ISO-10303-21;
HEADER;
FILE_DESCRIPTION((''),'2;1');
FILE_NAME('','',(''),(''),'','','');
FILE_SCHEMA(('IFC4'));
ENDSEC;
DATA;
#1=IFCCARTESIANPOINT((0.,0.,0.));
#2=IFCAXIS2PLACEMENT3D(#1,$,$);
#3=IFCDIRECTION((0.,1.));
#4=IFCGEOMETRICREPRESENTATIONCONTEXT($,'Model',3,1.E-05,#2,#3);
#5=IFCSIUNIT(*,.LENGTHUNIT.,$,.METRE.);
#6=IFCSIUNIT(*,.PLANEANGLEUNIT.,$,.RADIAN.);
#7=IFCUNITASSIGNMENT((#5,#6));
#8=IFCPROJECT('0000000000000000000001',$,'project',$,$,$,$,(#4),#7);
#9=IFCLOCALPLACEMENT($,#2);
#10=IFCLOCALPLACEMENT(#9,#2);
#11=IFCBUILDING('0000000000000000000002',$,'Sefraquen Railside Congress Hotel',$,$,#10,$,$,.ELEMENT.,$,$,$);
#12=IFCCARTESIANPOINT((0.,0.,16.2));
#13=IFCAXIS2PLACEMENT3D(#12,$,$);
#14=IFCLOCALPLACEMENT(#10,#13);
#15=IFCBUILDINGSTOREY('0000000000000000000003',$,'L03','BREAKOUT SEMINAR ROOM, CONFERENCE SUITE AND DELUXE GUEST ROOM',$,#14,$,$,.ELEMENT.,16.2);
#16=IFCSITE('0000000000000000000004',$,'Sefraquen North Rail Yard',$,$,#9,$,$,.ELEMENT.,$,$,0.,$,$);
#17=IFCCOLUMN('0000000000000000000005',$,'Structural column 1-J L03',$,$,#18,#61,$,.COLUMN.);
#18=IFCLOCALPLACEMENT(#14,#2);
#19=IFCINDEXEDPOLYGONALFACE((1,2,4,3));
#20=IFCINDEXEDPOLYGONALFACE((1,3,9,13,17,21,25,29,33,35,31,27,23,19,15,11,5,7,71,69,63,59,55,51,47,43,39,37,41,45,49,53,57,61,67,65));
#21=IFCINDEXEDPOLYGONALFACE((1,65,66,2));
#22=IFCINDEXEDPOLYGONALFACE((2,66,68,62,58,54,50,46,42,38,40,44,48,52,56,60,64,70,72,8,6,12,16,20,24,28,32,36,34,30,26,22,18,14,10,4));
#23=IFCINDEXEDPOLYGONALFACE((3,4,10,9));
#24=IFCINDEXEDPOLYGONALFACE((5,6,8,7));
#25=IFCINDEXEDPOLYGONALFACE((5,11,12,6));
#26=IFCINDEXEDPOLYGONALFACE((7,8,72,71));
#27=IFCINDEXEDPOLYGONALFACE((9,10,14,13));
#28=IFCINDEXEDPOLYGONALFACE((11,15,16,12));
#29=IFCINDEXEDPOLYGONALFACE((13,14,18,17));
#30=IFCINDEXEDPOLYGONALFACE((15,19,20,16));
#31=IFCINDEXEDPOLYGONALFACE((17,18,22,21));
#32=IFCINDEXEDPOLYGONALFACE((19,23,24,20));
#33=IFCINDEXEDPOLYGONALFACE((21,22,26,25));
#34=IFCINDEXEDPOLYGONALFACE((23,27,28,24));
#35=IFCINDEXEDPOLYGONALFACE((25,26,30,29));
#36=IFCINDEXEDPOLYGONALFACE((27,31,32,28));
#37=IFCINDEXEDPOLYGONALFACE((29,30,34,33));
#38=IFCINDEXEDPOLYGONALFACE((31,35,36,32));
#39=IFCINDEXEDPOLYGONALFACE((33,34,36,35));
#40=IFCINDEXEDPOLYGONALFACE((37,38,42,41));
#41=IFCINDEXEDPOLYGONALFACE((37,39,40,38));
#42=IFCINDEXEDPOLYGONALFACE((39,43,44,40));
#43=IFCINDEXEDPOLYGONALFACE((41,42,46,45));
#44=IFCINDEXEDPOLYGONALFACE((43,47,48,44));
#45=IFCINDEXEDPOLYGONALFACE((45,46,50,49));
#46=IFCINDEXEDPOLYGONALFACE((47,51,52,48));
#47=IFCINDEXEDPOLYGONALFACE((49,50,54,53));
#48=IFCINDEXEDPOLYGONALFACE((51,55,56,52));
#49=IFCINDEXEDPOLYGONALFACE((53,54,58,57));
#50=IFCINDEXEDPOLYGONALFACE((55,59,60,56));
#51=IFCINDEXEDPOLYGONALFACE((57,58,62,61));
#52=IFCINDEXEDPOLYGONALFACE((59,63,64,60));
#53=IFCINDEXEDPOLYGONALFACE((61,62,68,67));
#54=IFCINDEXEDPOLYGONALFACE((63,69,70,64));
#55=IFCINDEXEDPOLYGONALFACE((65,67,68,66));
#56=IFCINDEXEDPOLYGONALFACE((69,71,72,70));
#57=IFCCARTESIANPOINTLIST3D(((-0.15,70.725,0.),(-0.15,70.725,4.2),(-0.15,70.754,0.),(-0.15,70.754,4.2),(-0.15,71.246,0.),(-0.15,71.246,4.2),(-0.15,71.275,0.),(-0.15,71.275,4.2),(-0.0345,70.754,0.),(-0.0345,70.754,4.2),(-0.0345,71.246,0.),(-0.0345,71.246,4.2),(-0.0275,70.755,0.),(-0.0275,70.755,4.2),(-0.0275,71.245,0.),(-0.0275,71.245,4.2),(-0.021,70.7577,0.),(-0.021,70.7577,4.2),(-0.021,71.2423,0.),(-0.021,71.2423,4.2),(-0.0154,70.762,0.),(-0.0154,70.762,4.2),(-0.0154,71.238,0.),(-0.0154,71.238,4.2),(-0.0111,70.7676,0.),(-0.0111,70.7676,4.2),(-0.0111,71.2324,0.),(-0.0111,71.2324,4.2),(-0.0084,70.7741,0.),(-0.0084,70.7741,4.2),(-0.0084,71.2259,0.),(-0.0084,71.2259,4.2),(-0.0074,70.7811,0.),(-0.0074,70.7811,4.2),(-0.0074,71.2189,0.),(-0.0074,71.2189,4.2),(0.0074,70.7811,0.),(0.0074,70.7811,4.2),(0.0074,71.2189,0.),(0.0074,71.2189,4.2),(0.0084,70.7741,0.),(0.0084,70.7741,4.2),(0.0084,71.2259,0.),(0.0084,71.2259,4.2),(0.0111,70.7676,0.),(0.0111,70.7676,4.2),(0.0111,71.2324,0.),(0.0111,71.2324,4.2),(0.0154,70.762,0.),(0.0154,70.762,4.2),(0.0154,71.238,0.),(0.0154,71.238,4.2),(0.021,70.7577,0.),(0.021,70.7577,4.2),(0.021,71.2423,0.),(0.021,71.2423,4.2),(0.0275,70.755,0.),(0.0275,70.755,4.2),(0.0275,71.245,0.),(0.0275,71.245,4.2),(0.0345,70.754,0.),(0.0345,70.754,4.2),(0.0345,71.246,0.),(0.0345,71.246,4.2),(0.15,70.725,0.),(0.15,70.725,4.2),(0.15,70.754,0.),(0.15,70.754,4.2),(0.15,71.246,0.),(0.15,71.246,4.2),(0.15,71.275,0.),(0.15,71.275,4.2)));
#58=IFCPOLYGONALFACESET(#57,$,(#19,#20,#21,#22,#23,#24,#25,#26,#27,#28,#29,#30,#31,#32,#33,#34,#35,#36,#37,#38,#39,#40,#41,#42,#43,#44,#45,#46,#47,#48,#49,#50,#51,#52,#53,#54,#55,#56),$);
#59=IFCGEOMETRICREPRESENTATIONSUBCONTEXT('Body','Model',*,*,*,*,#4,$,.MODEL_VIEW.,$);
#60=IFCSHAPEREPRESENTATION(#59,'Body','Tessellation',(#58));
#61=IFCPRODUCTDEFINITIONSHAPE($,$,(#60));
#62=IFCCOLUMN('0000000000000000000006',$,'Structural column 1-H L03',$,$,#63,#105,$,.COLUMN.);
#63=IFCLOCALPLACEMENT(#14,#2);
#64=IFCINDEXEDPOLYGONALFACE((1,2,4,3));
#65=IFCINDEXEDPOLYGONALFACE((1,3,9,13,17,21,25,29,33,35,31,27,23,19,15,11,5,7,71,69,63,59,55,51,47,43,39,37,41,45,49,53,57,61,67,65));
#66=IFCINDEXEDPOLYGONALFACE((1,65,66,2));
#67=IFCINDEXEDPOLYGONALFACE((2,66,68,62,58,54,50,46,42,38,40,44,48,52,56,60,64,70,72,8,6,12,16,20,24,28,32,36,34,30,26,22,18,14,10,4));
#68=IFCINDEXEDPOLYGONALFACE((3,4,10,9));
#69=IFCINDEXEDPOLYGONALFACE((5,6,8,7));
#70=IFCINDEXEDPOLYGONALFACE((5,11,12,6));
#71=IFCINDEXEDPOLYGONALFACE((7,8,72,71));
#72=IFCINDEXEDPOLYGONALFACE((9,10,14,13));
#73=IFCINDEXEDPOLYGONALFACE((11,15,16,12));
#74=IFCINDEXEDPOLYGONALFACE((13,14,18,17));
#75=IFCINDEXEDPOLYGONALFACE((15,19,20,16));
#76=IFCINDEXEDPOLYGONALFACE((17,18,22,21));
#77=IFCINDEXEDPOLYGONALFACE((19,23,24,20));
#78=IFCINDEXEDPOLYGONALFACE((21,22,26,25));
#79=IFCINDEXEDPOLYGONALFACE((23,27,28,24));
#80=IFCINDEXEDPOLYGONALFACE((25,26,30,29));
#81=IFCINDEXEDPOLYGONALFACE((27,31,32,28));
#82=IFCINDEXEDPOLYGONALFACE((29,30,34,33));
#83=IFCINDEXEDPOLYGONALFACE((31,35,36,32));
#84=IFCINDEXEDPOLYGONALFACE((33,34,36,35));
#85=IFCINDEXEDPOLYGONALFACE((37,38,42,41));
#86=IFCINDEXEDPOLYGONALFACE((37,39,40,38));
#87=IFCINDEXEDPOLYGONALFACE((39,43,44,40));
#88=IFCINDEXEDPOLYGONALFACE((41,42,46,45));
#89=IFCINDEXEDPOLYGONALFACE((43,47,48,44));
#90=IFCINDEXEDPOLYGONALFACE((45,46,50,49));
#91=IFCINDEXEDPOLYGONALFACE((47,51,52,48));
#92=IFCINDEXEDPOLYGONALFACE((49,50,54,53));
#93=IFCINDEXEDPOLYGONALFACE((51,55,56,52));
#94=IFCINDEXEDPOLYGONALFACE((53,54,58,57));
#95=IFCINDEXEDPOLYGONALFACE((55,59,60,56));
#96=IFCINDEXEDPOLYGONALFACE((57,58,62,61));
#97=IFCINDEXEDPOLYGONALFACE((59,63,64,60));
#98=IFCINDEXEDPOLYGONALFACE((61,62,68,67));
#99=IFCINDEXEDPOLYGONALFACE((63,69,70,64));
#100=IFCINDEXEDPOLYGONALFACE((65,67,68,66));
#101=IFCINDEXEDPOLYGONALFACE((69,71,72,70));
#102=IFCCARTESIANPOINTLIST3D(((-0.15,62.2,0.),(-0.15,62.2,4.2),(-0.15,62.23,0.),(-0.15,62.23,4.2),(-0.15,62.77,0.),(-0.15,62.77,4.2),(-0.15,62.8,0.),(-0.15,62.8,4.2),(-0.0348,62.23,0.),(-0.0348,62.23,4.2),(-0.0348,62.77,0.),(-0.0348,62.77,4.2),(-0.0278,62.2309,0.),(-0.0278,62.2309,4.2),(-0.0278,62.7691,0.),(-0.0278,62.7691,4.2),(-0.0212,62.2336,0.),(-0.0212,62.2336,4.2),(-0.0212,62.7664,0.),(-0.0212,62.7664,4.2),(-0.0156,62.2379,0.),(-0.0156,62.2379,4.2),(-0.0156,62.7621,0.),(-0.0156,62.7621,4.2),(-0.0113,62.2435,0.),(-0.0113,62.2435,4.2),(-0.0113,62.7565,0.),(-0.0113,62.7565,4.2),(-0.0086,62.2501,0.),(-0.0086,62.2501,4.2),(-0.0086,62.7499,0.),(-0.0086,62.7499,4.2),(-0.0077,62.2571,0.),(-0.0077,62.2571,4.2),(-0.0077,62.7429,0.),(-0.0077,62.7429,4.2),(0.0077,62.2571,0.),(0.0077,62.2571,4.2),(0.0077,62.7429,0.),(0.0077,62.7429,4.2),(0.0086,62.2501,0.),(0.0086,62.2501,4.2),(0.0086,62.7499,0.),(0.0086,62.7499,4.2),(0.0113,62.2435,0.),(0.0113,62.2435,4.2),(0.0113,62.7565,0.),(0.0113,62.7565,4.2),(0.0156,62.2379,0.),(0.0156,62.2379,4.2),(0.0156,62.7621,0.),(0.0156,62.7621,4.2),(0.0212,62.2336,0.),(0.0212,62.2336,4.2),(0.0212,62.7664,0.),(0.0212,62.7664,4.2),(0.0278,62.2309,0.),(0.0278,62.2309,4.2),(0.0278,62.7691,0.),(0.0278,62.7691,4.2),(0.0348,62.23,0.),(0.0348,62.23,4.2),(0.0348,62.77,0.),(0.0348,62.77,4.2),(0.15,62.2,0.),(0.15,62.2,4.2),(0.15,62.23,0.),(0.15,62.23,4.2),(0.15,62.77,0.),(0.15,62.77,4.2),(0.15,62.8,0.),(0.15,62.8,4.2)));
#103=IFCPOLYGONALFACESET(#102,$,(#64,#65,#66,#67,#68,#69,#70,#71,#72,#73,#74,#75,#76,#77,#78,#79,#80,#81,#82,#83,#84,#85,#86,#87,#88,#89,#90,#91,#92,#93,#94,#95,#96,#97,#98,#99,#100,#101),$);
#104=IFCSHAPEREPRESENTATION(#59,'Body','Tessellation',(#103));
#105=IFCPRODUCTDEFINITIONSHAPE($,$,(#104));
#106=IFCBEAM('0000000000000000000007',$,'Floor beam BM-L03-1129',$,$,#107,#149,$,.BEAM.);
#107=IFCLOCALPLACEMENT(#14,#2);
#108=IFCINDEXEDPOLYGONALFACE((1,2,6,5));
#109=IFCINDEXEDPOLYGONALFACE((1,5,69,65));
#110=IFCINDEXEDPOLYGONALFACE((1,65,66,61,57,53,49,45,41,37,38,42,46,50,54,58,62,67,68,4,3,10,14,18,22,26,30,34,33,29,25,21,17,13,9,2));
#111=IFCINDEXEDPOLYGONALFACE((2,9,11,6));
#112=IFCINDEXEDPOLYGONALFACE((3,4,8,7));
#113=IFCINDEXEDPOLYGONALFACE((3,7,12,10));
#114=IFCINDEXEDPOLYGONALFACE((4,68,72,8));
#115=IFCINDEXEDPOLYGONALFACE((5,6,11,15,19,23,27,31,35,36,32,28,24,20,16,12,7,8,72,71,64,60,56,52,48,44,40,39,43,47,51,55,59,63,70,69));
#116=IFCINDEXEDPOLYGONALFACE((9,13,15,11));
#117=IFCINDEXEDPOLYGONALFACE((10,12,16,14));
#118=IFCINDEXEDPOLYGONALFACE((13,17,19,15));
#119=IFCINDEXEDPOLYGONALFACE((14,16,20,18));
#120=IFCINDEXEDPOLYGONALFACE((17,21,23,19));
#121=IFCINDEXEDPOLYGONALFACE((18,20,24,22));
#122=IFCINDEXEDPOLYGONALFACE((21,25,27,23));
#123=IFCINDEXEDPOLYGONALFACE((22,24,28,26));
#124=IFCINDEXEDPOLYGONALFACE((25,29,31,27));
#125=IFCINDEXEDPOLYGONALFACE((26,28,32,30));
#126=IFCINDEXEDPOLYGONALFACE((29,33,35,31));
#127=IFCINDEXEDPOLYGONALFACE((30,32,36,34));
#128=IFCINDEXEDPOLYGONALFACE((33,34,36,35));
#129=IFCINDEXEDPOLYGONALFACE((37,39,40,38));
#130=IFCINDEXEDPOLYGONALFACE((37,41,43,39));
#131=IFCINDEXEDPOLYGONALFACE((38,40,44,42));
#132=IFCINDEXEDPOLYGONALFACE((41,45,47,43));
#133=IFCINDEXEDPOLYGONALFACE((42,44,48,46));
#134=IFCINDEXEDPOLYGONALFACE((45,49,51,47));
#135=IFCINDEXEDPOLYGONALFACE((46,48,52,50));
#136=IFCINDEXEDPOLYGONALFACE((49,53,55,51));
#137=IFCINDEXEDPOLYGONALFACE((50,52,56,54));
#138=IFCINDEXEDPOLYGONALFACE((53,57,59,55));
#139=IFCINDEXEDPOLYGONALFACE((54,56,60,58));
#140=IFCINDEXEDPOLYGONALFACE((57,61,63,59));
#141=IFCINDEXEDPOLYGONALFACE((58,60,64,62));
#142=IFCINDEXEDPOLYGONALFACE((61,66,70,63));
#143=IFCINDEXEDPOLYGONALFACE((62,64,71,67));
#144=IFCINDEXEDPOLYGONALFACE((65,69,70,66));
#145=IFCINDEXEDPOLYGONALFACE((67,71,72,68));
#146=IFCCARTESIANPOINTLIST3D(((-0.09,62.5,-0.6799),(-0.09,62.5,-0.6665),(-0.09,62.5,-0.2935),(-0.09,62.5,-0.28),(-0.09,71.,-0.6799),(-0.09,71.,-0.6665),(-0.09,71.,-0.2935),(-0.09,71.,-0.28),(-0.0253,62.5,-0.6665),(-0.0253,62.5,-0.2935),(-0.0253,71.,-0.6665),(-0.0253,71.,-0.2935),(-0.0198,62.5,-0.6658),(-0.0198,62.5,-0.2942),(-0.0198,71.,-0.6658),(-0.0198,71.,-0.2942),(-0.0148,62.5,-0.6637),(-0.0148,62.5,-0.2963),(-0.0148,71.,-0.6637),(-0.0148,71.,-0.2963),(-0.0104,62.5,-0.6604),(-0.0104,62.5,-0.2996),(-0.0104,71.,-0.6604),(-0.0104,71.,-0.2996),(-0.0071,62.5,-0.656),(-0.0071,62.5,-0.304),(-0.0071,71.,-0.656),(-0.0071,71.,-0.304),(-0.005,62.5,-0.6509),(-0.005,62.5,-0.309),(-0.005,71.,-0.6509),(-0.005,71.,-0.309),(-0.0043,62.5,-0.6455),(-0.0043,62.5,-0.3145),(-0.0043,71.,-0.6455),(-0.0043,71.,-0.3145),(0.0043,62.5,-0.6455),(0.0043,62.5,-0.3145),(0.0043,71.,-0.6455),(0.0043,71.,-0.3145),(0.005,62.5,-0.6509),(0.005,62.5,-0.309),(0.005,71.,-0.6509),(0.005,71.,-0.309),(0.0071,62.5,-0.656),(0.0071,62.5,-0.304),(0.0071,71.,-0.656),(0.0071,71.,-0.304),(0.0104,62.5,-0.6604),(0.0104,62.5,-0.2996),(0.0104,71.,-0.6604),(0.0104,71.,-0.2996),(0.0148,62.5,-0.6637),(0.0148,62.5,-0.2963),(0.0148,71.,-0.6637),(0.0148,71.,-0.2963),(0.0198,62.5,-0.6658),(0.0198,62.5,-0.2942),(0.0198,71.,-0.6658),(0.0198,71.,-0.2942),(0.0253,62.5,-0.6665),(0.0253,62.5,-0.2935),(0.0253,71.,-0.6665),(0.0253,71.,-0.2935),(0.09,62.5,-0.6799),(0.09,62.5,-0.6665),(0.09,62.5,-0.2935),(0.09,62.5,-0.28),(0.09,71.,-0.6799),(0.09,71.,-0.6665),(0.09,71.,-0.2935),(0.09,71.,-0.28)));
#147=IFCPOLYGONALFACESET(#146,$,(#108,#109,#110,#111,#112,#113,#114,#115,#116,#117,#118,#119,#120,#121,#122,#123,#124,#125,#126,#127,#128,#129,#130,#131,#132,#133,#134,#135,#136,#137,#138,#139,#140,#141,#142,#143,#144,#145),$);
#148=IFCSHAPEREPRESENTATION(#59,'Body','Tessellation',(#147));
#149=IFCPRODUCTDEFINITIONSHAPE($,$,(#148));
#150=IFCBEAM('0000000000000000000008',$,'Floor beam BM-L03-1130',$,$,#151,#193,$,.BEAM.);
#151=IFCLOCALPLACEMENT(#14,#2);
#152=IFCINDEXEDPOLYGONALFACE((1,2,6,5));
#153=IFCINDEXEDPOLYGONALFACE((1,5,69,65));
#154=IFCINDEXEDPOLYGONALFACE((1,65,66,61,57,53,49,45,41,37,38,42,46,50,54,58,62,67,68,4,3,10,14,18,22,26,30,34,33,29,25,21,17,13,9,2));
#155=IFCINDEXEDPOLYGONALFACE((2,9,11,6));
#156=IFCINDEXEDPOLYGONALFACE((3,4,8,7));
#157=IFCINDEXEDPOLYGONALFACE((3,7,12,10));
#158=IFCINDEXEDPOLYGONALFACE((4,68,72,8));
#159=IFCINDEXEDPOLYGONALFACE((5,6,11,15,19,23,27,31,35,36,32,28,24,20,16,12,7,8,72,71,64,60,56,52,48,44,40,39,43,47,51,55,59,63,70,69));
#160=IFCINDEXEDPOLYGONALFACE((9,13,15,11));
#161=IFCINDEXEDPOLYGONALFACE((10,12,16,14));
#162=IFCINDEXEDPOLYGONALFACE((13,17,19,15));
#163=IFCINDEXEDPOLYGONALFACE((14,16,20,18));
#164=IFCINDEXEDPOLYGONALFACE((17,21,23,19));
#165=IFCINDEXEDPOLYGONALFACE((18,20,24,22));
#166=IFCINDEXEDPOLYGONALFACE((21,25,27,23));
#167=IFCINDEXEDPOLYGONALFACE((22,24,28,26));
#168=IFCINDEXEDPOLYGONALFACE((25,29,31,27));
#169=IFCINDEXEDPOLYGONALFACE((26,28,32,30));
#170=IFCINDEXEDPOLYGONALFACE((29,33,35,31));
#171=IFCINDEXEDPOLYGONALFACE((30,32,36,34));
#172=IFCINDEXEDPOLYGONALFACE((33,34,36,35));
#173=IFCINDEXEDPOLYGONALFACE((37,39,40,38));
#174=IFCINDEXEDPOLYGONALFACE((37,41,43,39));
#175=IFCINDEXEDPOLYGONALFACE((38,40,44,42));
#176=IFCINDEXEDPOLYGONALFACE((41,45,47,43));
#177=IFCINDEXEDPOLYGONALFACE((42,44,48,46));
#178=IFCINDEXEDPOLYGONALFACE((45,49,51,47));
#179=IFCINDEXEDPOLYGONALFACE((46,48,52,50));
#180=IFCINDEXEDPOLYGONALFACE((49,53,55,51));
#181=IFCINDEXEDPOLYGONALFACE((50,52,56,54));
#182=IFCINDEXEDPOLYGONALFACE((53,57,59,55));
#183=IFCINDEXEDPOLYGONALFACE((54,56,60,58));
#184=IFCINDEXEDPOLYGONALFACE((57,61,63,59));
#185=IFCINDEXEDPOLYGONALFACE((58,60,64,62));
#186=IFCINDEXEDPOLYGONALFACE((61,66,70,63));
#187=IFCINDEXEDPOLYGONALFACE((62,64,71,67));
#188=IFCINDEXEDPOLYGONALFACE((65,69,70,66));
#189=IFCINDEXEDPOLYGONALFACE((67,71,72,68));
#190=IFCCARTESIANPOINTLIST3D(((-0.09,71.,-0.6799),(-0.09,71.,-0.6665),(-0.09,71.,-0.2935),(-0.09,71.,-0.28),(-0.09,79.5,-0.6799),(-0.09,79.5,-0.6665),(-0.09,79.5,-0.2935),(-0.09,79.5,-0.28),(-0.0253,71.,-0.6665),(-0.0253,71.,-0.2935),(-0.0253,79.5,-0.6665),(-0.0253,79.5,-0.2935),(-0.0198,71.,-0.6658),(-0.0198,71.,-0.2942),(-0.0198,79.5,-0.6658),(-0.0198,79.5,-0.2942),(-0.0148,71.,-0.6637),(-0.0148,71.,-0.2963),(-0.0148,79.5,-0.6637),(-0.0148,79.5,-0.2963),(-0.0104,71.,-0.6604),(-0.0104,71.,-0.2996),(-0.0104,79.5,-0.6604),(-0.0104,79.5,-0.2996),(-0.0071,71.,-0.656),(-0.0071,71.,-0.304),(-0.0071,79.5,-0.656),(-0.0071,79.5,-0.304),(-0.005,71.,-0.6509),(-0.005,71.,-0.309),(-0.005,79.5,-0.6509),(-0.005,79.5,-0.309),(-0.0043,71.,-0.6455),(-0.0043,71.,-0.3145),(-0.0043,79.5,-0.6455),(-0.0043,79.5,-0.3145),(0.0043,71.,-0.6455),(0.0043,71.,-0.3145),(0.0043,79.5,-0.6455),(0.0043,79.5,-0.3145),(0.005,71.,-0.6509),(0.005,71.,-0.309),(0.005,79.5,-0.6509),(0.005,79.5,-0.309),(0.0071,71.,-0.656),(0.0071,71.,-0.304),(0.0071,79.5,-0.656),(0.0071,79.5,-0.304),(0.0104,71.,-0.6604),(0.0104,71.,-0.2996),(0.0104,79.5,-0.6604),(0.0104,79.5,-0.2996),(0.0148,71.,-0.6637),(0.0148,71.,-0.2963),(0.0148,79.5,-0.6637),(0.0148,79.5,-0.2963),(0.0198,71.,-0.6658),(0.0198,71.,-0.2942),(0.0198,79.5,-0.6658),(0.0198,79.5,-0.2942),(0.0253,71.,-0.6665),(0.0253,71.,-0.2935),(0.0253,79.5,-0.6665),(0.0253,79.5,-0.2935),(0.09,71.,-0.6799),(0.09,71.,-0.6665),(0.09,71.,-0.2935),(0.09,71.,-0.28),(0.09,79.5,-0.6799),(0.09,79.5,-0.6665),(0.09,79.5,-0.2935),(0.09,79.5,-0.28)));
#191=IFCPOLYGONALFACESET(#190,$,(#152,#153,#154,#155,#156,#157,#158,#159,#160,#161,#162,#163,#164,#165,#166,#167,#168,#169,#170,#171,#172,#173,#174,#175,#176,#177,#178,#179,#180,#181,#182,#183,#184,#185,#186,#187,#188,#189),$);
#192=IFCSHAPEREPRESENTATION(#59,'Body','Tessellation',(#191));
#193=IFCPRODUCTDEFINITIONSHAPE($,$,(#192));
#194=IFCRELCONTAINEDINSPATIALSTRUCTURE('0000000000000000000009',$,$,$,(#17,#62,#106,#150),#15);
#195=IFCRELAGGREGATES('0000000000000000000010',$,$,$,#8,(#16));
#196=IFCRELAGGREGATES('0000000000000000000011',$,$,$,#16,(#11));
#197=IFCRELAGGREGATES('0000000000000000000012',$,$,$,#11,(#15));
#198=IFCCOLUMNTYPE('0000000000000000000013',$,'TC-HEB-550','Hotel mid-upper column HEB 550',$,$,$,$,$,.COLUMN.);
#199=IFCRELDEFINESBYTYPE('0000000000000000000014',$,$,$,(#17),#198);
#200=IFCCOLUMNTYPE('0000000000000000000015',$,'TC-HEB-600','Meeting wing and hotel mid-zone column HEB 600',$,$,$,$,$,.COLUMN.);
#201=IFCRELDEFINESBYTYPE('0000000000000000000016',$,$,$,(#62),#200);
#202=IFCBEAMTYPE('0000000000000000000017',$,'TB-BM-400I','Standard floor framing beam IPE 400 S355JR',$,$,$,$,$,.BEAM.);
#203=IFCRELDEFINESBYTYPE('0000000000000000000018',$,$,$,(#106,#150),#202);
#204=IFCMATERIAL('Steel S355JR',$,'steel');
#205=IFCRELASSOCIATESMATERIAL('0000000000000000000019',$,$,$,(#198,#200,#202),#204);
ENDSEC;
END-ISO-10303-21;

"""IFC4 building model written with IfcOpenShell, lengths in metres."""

from ifc_helpers import new_model, si_unit, direction, frame, origin, origin_2d, place, context, subcontext, project, spatial, i_section, extrude, material, material_profile, profile_set, type_object, element, save


model = new_model("IFC4")

# Units and contexts
model_context = context("Model", 3, precision=1e-05, world=origin(), true_north=direction((0.0, 1.0)))
body_context = subcontext(model_context, "Body", "Model", "MODEL_VIEW")
ifc_project = project(units=[si_unit("LENGTHUNIT", "METRE"), si_unit("PLANEANGLEUNIT", "RADIAN")], contexts=[model_context])

# Site, building, storey
site_placement = place(None, origin())
site = spatial("IfcSite", under=ifc_project, at=site_placement, Name="Sefraquen North Rail Yard", CompositionType="ELEMENT", RefElevation=0.0)
building_placement = place(site_placement, origin())
building = spatial("IfcBuilding", under=site, at=building_placement, Name="Sefraquen Railside Congress Hotel", CompositionType="ELEMENT")
storey_placement = place(building_placement, frame((0.0, 0.0, 16.2)))
storey = spatial("IfcBuildingStorey", under=building, at=storey_placement, Name="L03", Description="BREAKOUT SEMINAR ROOM, CONFERENCE SUITE AND DELUXE GUEST ROOM", CompositionType="ELEMENT", Elevation=16.2)

# Columns
ifc_material_1 = material(Name="Steel S355JR", Category="steel")
ifc_material_profile_1 = material_profile(ifc_material_1, i_section(OverallWidth=0.3, OverallDepth=0.55, WebThickness=0.0149, FlangeThickness=0.0291, FilletRadius=0.0271, at=origin_2d()), Name="HEB 550")
ifc_profile_set_1 = profile_set([ifc_material_profile_1], Name="Steel S355JR")
column_type_1 = type_object("IfcColumnType", Name="TC-HEB-550", Description="Hotel mid-upper column HEB 550", PredefinedType="COLUMN", material=ifc_profile_set_1)
column_1_placement = place(storey_placement, frame((0.0, 71.0, 0.0), z_axis=(0.0, 0.0, 1.0), x_axis=(1.0, 0.0, 0.0)))
element("IfcColumn", 1, at=column_1_placement, inside=storey, type_object=column_type_1, Name="Structural column 1-J L03", PredefinedType="COLUMN", context=body_context, shape_type="SweptSolid", body=[
    extrude(i_section(OverallWidth=0.3, OverallDepth=0.55, WebThickness=0.0149, FlangeThickness=0.0291, FilletRadius=0.0271, at=origin_2d()), origin(), (0.0, 0.0, 1.0), 4.2),
])
ifc_material_profile_2 = material_profile(ifc_material_1, i_section(OverallWidth=0.3, OverallDepth=0.6001, WebThickness=0.0154, FlangeThickness=0.03, FilletRadius=0.0271, at=origin_2d()), Name="HEB 600")
ifc_profile_set_2 = profile_set([ifc_material_profile_2], Name="Steel S355JR")
column_type_2 = type_object("IfcColumnType", Name="TC-HEB-600", Description="Meeting wing and hotel mid-zone column HEB 600", PredefinedType="COLUMN", material=ifc_profile_set_2)
column_2_placement = place(storey_placement, frame((0.0, 62.5, 0.0), z_axis=(0.0, 0.0, 1.0), x_axis=(1.0, 0.0, 0.0)))
element("IfcColumn", 2, at=column_2_placement, inside=storey, type_object=column_type_2, Name="Structural column 1-H L03", PredefinedType="COLUMN", context=body_context, shape_type="SweptSolid", body=[
    extrude(i_section(OverallWidth=0.3, OverallDepth=0.6001, WebThickness=0.0154, FlangeThickness=0.03, FilletRadius=0.0271, at=origin_2d()), origin(), (0.0, 0.0, 1.0), 4.2),
])

# Beams
ifc_material_profile_3 = material_profile(ifc_material_1, i_section(OverallWidth=0.1799, OverallDepth=0.3999, WebThickness=0.0085, FlangeThickness=0.0134, FilletRadius=0.021, at=origin_2d()), Name="IPE 400")
ifc_profile_set_3 = profile_set([ifc_material_profile_3], Name="Steel S355JR")
beam_type_1 = type_object("IfcBeamType", Name="TB-BM-400I", Description="Standard floor framing beam IPE 400 S355JR", PredefinedType="BEAM", material=ifc_profile_set_3)
for number, where, z_axis, x_axis, name in (
    (3, (0.0, 62.5, -0.48), (0.0, 1.0, 0.0), (-1.0, 0.0, 0.0), "Floor beam BM-L03-1129"),
    (4, (0.0, 71.0, -0.48), (0.0, 1.0, 0.0), (-1.0, 0.0, 0.0), "Floor beam BM-L03-1130"),
):
    element("IfcBeam", number, at=place(storey_placement, frame(where, z_axis=z_axis, x_axis=x_axis)), inside=storey, type_object=beam_type_1, Name=name, PredefinedType="BEAM", context=body_context, shape_type="SweptSolid", body=[
        extrude(i_section(OverallWidth=0.1799, OverallDepth=0.3999, WebThickness=0.0085, FlangeThickness=0.0134, FilletRadius=0.021, at=origin_2d()), origin(), (0.0, 0.0, 1.0), 8.5),
    ])

save(model, "model.ifc")
